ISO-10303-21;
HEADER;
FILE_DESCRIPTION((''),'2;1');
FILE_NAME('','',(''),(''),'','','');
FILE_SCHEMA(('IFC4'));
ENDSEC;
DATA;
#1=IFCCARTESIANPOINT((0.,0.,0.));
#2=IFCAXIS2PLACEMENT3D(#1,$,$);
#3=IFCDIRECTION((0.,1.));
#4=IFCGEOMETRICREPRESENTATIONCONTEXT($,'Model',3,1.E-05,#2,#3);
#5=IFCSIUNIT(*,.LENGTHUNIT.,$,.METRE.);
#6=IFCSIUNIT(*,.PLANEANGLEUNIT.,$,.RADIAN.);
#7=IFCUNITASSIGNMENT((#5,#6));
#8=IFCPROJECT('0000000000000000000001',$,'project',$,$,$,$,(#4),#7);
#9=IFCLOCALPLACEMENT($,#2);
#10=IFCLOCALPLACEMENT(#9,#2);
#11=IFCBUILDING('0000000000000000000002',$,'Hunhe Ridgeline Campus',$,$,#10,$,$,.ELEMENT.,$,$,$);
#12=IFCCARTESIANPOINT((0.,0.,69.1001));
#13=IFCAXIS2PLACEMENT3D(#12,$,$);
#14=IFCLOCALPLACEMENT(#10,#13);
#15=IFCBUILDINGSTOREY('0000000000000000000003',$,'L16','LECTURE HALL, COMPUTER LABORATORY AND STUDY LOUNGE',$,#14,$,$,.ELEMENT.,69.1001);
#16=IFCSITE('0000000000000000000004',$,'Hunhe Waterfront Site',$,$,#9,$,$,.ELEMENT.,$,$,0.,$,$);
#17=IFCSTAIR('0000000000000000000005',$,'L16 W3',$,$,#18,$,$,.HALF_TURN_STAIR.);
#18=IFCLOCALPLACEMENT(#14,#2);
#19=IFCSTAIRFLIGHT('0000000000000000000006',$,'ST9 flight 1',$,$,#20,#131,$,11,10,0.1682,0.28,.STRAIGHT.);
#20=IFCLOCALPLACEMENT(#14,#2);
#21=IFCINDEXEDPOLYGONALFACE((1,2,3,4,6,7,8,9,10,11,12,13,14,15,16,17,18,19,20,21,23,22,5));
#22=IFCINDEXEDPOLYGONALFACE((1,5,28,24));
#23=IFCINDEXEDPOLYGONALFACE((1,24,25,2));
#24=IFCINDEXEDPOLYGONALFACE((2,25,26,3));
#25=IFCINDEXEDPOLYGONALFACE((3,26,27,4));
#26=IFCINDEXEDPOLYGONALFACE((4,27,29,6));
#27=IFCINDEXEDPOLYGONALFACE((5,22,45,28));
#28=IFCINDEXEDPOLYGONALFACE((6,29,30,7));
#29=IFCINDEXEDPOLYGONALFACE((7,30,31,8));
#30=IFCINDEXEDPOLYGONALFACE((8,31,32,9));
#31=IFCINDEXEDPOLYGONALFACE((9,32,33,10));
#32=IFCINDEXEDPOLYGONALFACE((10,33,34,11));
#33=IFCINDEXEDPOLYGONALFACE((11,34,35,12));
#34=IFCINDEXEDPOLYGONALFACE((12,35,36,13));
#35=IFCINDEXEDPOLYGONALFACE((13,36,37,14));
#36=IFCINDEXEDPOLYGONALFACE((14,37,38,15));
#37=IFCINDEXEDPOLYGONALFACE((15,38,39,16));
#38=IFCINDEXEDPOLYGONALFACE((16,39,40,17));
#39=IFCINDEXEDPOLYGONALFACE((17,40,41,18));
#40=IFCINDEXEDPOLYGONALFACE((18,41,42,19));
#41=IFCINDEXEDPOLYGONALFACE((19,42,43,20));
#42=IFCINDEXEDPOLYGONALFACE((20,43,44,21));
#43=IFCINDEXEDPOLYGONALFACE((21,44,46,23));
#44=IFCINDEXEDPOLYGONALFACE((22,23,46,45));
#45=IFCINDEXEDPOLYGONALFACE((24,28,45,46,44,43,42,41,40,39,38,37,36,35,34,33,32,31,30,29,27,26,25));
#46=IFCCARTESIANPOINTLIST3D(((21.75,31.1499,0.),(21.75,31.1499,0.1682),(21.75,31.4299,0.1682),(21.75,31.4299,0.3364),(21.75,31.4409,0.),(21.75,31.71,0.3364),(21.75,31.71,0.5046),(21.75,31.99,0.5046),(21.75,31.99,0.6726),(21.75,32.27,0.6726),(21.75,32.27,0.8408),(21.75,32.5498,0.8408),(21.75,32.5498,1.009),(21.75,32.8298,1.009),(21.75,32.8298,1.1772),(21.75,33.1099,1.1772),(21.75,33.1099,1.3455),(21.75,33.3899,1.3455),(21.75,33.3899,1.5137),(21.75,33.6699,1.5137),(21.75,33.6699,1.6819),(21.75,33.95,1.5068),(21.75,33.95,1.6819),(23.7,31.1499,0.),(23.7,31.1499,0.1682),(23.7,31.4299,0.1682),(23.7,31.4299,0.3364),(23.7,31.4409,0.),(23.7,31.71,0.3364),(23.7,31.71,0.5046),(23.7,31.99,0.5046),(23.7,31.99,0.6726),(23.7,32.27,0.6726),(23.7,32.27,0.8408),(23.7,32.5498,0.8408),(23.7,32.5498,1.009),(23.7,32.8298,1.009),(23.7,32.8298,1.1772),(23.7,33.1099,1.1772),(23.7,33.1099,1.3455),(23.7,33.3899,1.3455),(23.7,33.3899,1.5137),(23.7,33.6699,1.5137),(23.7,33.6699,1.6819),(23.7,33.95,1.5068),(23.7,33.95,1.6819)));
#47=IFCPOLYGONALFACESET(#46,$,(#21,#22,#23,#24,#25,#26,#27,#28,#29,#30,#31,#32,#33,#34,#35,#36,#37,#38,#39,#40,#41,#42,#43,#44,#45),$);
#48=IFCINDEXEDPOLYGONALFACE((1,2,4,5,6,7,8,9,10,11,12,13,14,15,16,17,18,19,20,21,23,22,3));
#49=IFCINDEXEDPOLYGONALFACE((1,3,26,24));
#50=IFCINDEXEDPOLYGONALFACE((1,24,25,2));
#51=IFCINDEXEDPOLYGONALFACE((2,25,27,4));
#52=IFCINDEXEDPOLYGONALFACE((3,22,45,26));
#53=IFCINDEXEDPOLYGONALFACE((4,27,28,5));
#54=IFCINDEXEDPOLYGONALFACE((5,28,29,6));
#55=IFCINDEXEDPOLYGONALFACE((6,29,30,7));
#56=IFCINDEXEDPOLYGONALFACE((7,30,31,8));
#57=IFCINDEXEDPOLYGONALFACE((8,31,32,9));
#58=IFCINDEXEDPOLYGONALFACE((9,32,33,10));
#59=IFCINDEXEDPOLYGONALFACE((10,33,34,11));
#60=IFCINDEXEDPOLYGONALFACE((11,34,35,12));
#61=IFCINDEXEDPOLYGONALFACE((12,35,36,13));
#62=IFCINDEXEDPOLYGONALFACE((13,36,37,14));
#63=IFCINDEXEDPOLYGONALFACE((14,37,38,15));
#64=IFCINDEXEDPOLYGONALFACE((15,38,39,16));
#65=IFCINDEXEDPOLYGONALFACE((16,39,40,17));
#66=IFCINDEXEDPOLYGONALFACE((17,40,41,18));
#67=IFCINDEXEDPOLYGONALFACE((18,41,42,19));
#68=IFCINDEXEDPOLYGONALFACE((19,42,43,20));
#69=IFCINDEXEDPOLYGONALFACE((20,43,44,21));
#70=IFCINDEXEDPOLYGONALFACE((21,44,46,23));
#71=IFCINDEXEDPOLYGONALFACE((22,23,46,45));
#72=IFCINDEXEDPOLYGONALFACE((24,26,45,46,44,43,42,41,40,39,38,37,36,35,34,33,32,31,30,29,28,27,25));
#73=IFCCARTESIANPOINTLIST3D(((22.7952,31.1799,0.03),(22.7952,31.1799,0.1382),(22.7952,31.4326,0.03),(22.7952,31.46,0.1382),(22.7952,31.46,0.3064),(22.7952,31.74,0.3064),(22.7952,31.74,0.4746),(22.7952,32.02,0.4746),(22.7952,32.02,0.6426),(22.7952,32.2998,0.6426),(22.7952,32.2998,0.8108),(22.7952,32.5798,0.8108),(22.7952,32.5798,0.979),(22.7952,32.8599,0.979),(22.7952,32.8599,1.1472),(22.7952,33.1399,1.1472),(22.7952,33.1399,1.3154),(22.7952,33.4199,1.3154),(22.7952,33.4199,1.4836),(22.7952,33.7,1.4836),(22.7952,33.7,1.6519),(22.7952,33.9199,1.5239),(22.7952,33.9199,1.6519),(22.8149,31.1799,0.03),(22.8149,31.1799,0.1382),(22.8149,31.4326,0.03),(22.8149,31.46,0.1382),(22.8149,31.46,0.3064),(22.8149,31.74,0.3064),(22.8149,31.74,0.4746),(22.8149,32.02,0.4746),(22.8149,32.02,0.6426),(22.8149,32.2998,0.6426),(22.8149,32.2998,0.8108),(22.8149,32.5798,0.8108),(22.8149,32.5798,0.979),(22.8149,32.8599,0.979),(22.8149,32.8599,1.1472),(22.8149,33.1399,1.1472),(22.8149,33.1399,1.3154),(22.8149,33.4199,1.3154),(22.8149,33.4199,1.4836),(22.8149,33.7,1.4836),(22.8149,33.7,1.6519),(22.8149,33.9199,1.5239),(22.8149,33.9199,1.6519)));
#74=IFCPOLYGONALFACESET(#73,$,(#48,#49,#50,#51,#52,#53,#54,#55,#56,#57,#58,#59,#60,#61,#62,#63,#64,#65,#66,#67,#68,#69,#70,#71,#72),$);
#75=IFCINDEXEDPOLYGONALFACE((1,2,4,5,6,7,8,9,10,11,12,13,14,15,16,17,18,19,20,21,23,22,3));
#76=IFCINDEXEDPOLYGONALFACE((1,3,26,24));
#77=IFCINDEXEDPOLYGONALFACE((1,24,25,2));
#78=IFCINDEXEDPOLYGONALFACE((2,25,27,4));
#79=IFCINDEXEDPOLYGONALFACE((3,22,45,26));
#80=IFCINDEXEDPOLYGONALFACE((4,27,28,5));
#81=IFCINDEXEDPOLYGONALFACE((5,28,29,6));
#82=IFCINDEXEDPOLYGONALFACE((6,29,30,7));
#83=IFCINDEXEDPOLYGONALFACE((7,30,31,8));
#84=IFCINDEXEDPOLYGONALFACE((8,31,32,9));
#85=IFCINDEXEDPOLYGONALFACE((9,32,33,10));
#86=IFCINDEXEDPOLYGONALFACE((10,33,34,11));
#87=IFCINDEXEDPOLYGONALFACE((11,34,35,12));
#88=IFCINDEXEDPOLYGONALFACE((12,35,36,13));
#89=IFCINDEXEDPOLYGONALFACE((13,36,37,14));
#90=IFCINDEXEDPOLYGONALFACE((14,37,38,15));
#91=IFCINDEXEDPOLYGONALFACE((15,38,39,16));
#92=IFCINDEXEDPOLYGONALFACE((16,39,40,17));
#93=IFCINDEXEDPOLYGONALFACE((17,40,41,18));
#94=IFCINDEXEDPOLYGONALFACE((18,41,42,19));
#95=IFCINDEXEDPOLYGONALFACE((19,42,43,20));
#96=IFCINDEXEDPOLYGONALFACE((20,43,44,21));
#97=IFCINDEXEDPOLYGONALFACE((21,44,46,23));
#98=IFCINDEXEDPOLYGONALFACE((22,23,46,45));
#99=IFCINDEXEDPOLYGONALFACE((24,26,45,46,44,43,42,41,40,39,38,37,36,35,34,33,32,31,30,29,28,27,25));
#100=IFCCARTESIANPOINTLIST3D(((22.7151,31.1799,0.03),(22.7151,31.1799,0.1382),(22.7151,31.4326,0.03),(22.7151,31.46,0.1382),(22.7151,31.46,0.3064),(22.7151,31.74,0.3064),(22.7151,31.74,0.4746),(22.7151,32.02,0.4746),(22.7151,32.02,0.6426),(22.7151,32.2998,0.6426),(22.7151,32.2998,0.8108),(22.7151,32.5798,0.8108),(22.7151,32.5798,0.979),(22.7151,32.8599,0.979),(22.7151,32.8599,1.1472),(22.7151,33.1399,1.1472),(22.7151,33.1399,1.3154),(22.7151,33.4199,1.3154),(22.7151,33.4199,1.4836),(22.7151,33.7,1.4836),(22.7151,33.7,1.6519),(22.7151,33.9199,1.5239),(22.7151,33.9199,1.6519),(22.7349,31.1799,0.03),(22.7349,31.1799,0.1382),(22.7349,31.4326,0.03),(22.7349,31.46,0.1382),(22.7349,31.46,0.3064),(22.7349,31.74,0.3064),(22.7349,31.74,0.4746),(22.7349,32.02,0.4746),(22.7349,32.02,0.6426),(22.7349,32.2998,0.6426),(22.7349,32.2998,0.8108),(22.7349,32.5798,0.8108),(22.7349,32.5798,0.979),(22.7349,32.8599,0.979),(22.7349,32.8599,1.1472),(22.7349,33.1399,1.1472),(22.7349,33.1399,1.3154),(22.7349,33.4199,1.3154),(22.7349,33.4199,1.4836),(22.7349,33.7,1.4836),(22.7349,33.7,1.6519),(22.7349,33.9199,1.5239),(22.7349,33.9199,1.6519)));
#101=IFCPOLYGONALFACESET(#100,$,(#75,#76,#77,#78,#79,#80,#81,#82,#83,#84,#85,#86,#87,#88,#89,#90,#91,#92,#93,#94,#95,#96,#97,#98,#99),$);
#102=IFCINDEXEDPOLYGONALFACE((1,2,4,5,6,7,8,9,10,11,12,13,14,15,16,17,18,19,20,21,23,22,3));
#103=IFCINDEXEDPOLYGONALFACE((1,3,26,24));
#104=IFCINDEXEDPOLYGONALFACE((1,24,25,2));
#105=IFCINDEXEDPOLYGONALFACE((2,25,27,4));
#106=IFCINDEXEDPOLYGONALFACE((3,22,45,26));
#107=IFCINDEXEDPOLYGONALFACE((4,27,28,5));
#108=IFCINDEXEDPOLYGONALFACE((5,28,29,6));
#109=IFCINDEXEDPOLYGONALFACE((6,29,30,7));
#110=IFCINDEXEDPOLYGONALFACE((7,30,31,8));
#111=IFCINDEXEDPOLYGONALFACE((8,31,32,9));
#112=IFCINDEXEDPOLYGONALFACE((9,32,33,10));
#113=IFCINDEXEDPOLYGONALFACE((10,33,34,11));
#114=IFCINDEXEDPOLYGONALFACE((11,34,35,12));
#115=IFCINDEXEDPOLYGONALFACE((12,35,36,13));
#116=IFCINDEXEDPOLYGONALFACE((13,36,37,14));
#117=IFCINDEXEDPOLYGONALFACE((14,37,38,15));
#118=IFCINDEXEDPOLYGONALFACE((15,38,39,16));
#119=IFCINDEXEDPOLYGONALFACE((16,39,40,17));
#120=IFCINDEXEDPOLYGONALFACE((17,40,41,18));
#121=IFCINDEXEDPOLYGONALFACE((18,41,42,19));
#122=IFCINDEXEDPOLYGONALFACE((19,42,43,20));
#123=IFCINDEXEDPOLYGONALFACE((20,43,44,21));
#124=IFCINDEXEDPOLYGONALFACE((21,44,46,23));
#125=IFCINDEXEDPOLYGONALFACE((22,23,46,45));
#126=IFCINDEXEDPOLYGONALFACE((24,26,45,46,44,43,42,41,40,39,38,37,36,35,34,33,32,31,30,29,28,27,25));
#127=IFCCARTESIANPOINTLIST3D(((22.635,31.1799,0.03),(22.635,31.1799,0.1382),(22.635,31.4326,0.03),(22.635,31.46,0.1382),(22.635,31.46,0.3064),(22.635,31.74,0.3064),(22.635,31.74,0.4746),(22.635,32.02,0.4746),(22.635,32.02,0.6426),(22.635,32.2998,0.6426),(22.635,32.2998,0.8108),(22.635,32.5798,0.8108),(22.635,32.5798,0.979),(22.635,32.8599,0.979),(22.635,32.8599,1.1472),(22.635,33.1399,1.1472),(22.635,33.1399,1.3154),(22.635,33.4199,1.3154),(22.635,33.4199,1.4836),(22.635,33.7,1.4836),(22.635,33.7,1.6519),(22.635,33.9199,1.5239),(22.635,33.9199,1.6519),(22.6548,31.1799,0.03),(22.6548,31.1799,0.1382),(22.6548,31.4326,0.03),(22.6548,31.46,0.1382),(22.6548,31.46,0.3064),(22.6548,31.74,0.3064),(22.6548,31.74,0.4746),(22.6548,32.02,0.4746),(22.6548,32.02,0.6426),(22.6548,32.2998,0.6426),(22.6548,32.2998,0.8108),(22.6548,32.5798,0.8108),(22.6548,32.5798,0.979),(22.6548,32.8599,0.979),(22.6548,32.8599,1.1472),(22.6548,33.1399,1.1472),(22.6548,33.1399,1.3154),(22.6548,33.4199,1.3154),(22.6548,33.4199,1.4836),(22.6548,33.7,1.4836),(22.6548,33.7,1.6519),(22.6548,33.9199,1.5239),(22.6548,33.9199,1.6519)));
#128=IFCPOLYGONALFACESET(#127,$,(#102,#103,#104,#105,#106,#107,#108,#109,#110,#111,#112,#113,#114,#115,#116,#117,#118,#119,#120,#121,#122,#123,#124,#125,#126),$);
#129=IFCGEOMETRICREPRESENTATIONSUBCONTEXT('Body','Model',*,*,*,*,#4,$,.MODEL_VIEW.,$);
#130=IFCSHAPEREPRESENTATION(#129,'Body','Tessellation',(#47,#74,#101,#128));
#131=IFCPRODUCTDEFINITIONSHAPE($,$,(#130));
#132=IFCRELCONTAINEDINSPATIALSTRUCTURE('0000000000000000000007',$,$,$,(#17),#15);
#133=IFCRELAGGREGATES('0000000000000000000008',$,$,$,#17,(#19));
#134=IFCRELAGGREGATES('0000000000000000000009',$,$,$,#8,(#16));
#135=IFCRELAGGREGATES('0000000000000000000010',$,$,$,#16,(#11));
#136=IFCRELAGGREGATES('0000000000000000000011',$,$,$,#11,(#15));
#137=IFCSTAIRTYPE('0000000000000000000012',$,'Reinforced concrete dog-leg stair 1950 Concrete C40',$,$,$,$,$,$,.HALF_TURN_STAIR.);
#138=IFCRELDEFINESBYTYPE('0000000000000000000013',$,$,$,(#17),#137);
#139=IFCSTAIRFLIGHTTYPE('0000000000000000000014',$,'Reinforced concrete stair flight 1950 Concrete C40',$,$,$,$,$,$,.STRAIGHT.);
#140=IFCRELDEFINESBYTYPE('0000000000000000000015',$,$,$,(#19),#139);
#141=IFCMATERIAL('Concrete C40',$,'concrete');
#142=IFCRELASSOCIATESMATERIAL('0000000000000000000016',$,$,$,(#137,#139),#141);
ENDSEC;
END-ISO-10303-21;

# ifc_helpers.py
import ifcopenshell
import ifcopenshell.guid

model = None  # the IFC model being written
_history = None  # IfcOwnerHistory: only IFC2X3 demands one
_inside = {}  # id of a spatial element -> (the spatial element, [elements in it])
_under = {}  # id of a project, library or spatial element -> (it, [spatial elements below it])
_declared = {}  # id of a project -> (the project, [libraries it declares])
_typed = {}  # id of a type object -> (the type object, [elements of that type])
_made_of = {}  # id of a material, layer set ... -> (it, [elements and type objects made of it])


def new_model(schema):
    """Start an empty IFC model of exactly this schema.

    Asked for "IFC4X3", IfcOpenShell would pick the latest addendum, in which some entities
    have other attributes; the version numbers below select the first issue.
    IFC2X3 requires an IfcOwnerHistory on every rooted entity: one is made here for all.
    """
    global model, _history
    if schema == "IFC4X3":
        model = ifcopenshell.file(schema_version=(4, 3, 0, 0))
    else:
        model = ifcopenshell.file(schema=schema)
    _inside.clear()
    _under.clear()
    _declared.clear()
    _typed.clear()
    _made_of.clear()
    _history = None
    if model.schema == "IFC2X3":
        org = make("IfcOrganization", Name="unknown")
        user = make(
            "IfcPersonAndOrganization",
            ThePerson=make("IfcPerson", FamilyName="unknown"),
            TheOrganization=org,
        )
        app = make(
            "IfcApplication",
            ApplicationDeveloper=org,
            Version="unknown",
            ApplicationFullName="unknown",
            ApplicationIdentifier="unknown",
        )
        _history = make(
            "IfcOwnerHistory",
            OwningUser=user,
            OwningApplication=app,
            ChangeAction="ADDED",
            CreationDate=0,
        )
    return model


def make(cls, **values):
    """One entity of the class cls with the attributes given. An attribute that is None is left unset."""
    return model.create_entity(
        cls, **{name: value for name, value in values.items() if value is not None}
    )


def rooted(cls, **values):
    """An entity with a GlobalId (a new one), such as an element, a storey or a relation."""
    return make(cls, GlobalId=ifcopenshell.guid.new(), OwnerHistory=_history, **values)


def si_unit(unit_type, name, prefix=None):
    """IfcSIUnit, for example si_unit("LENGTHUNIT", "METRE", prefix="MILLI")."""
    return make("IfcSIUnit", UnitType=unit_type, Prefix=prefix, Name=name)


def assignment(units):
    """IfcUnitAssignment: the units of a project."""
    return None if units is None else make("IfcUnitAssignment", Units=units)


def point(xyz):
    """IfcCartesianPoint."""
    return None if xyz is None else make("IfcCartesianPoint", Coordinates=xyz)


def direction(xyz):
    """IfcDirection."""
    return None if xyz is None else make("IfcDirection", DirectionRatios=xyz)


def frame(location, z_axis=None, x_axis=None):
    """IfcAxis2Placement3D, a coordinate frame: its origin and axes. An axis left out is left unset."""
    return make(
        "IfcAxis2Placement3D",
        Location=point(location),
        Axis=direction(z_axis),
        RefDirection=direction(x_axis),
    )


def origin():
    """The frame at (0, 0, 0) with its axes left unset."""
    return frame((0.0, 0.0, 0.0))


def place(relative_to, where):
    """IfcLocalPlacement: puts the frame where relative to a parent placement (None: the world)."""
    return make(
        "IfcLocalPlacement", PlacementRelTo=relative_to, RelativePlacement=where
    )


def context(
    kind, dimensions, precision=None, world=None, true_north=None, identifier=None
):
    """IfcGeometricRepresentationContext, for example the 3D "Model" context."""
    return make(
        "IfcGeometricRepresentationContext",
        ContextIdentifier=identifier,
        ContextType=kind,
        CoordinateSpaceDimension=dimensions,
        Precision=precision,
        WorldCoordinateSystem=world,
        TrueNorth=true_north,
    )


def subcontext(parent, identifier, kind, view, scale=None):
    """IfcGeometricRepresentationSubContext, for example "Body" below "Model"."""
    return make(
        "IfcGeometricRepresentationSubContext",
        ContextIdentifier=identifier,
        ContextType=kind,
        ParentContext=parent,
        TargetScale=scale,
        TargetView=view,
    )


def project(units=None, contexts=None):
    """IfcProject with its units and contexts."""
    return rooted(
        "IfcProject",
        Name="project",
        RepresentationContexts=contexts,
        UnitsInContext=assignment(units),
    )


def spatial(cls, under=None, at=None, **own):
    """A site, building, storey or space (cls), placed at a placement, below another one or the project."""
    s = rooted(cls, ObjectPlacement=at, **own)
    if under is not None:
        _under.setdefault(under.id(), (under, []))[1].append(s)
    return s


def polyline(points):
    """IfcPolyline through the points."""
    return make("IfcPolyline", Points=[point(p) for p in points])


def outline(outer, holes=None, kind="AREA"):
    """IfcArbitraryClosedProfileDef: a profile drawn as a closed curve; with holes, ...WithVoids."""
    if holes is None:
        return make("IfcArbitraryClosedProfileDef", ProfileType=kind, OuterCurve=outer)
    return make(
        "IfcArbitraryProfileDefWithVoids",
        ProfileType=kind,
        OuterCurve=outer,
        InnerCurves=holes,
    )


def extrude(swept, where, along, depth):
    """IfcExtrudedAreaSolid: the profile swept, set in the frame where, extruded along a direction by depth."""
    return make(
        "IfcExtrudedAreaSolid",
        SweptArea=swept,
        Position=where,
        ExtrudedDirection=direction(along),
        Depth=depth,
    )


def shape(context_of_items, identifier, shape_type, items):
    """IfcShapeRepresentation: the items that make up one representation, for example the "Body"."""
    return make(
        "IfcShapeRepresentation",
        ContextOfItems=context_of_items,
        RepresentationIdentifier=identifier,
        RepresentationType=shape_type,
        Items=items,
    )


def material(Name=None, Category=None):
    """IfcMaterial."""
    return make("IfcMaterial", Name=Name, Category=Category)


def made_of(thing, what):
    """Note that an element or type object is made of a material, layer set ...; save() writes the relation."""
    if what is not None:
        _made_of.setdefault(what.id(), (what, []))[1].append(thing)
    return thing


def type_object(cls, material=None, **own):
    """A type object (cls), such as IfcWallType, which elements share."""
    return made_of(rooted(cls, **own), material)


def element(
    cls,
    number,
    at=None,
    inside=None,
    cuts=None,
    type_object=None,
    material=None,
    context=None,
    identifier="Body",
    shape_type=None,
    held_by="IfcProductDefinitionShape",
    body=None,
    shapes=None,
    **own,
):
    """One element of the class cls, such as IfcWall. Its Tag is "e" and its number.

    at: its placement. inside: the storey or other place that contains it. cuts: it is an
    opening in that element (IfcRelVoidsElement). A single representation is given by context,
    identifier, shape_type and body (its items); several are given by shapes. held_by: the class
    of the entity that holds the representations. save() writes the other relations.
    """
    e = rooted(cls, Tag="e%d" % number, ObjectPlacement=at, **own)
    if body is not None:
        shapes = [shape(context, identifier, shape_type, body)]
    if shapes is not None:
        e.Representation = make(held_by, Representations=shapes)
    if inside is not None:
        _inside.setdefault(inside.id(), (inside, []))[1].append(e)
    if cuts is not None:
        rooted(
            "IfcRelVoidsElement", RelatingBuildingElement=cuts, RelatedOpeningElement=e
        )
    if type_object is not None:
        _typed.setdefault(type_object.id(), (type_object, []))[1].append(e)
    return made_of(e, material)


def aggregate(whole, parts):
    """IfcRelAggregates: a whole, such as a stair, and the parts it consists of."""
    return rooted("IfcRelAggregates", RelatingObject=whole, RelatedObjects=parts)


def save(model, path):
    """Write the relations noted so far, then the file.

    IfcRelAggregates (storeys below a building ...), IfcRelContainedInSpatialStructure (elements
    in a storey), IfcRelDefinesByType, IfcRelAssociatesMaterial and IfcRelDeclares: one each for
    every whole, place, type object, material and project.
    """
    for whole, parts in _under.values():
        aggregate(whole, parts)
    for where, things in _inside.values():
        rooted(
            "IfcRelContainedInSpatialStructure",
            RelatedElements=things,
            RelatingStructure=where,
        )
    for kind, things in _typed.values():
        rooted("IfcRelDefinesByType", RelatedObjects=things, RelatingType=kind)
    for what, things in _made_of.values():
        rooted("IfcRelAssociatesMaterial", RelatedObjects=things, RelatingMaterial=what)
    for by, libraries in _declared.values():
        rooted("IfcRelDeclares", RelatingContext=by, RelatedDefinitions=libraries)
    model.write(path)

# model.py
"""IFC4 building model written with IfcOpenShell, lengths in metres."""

from ifc_helpers import new_model, si_unit, direction, frame, origin, place, context, subcontext, project, spatial, polyline, outline, extrude, material, type_object, element, aggregate, save


model = new_model("IFC4")

# Units and contexts
model_context = context("Model", 3, precision=1e-05, world=origin(), true_north=direction((0.0, 1.0)))
body_context = subcontext(model_context, "Body", "Model", "MODEL_VIEW")
ifc_project = project(units=[si_unit("LENGTHUNIT", "METRE"), si_unit("PLANEANGLEUNIT", "RADIAN")], contexts=[model_context])

# Site, building, storey
site_placement = place(None, origin())
site = spatial("IfcSite", under=ifc_project, at=site_placement, Name="Hunhe Waterfront Site", CompositionType="ELEMENT", RefElevation=0.0)
building_placement = place(site_placement, origin())
building = spatial("IfcBuilding", under=site, at=building_placement, Name="Hunhe Ridgeline Campus", CompositionType="ELEMENT")
storey_placement = place(building_placement, frame((0.0, 0.0, 69.1001)))
storey = spatial("IfcBuildingStorey", under=building, at=storey_placement, Name="L16", Description="LECTURE HALL, COMPUTER LABORATORY AND STUDY LOUNGE", CompositionType="ELEMENT", Elevation=69.1001)

# Stair, stair flight
ifc_material_1 = material(Name="Concrete C40", Category="concrete")
stair_type = type_object("IfcStairType", Name="Reinforced concrete dog-leg stair 1950 Concrete C40", PredefinedType="HALF_TURN_STAIR", material=ifc_material_1)
stair_placement = place(storey_placement, origin())
stair = element("IfcStair", 1, at=stair_placement, inside=storey, type_object=stair_type, Name="L16 W3", PredefinedType="HALF_TURN_STAIR")
stair_flight_type = type_object("IfcStairFlightType", Name="Reinforced concrete stair flight 1950 Concrete C40", PredefinedType="STRAIGHT", material=ifc_material_1)
stair_flight_1_placement = place(storey_placement, frame((22.7251, 31.1499, 0.0), z_axis=(0.0, 0.0, 1.0), x_axis=(0.0, 1.0, 0.0)))
stair_flight_1 = element("IfcStairFlight", 2, at=stair_flight_1_placement, type_object=stair_flight_type, Name="ST9 flight 1", NumberOfRisers=11, NumberOfTreads=10, PredefinedType="STRAIGHT", RiserHeight=0.1682, TreadLength=0.28, context=body_context, shape_type="SweptSolid", body=[
    extrude(outline(polyline([(0.0, 0.0), (0.0, 0.1682), (0.28, 0.1682), (0.28, 0.3364), (0.5601, 0.3364), (0.5601, 0.5046), (0.8401, 0.5046), (0.8401, 0.6726), (1.1201, 0.6726), (1.1201, 0.8408), (1.3999, 0.8408), (1.3999, 1.009), (1.6799, 1.009), (1.6799, 1.1772), (1.96, 1.1772), (1.96, 1.3455), (2.24, 1.3455), (2.24, 1.5137), (2.52, 1.5137), (2.52, 1.6819), (2.8, 1.6819), (2.8, 1.8501), (2.8, 1.5068), (0.291, 0.0), (0.0, 0.0)])), frame((0.0, 0.9751, 0.0), z_axis=(0.0, -1.0, 0.0), x_axis=(1.0, 0.0, 0.0)), (0.0, 0.0, 1.0), 1.95),
    extrude(outline(polyline([(0.03, 0.03), (0.03, 0.1382), (0.3101, 0.1382), (0.3101, 0.3064), (0.5901, 0.3064), (0.5901, 0.4746), (0.8701, 0.4746), (0.8701, 0.6426), (1.1499, 0.6426), (1.1499, 0.8108), (1.4299, 0.8108), (1.4299, 0.979), (1.71, 0.979), (1.71, 1.1472), (1.99, 1.1472), (1.99, 1.3154), (2.27, 1.3154), (2.27, 1.4836), (2.55, 1.4836), (2.55, 1.6519), (2.77, 1.6519), (2.77, 1.5239), (0.2827, 0.03), (0.03, 0.03)])), frame((0.0, -0.0701, 0.0), z_axis=(0.0, -1.0, 0.0), x_axis=(1.0, 0.0, 0.0)), (0.0, 0.0, 1.0), 0.0198),
    extrude(outline(polyline([(0.03, 0.03), (0.03, 0.1382), (0.3101, 0.1382), (0.3101, 0.3064), (0.5901, 0.3064), (0.5901, 0.4746), (0.8701, 0.4746), (0.8701, 0.6426), (1.1499, 0.6426), (1.1499, 0.8108), (1.4299, 0.8108), (1.4299, 0.979), (1.71, 0.979), (1.71, 1.1472), (1.99, 1.1472), (1.99, 1.3154), (2.27, 1.3154), (2.27, 1.4836), (2.55, 1.4836), (2.55, 1.6519), (2.77, 1.6519), (2.77, 1.5239), (0.2827, 0.03), (0.03, 0.03)])), frame((0.0, 0.01, 0.0), z_axis=(0.0, -1.0, 0.0), x_axis=(1.0, 0.0, 0.0)), (0.0, 0.0, 1.0), 0.0198),
    extrude(outline(polyline([(0.03, 0.03), (0.03, 0.1382), (0.3101, 0.1382), (0.3101, 0.3064), (0.5901, 0.3064), (0.5901, 0.4746), (0.8701, 0.4746), (0.8701, 0.6426), (1.1499, 0.6426), (1.1499, 0.8108), (1.4299, 0.8108), (1.4299, 0.979), (1.71, 0.979), (1.71, 1.1472), (1.99, 1.1472), (1.99, 1.3154), (2.27, 1.3154), (2.27, 1.4836), (2.55, 1.4836), (2.55, 1.6519), (2.77, 1.6519), (2.77, 1.5239), (0.2827, 0.03), (0.03, 0.03)])), frame((0.0, 0.0901, 0.0), z_axis=(0.0, -1.0, 0.0), x_axis=(1.0, 0.0, 0.0)), (0.0, 0.0, 1.0), 0.0198),
])
aggregate(stair, [stair_flight_1])

save(model, "model.ifc")
